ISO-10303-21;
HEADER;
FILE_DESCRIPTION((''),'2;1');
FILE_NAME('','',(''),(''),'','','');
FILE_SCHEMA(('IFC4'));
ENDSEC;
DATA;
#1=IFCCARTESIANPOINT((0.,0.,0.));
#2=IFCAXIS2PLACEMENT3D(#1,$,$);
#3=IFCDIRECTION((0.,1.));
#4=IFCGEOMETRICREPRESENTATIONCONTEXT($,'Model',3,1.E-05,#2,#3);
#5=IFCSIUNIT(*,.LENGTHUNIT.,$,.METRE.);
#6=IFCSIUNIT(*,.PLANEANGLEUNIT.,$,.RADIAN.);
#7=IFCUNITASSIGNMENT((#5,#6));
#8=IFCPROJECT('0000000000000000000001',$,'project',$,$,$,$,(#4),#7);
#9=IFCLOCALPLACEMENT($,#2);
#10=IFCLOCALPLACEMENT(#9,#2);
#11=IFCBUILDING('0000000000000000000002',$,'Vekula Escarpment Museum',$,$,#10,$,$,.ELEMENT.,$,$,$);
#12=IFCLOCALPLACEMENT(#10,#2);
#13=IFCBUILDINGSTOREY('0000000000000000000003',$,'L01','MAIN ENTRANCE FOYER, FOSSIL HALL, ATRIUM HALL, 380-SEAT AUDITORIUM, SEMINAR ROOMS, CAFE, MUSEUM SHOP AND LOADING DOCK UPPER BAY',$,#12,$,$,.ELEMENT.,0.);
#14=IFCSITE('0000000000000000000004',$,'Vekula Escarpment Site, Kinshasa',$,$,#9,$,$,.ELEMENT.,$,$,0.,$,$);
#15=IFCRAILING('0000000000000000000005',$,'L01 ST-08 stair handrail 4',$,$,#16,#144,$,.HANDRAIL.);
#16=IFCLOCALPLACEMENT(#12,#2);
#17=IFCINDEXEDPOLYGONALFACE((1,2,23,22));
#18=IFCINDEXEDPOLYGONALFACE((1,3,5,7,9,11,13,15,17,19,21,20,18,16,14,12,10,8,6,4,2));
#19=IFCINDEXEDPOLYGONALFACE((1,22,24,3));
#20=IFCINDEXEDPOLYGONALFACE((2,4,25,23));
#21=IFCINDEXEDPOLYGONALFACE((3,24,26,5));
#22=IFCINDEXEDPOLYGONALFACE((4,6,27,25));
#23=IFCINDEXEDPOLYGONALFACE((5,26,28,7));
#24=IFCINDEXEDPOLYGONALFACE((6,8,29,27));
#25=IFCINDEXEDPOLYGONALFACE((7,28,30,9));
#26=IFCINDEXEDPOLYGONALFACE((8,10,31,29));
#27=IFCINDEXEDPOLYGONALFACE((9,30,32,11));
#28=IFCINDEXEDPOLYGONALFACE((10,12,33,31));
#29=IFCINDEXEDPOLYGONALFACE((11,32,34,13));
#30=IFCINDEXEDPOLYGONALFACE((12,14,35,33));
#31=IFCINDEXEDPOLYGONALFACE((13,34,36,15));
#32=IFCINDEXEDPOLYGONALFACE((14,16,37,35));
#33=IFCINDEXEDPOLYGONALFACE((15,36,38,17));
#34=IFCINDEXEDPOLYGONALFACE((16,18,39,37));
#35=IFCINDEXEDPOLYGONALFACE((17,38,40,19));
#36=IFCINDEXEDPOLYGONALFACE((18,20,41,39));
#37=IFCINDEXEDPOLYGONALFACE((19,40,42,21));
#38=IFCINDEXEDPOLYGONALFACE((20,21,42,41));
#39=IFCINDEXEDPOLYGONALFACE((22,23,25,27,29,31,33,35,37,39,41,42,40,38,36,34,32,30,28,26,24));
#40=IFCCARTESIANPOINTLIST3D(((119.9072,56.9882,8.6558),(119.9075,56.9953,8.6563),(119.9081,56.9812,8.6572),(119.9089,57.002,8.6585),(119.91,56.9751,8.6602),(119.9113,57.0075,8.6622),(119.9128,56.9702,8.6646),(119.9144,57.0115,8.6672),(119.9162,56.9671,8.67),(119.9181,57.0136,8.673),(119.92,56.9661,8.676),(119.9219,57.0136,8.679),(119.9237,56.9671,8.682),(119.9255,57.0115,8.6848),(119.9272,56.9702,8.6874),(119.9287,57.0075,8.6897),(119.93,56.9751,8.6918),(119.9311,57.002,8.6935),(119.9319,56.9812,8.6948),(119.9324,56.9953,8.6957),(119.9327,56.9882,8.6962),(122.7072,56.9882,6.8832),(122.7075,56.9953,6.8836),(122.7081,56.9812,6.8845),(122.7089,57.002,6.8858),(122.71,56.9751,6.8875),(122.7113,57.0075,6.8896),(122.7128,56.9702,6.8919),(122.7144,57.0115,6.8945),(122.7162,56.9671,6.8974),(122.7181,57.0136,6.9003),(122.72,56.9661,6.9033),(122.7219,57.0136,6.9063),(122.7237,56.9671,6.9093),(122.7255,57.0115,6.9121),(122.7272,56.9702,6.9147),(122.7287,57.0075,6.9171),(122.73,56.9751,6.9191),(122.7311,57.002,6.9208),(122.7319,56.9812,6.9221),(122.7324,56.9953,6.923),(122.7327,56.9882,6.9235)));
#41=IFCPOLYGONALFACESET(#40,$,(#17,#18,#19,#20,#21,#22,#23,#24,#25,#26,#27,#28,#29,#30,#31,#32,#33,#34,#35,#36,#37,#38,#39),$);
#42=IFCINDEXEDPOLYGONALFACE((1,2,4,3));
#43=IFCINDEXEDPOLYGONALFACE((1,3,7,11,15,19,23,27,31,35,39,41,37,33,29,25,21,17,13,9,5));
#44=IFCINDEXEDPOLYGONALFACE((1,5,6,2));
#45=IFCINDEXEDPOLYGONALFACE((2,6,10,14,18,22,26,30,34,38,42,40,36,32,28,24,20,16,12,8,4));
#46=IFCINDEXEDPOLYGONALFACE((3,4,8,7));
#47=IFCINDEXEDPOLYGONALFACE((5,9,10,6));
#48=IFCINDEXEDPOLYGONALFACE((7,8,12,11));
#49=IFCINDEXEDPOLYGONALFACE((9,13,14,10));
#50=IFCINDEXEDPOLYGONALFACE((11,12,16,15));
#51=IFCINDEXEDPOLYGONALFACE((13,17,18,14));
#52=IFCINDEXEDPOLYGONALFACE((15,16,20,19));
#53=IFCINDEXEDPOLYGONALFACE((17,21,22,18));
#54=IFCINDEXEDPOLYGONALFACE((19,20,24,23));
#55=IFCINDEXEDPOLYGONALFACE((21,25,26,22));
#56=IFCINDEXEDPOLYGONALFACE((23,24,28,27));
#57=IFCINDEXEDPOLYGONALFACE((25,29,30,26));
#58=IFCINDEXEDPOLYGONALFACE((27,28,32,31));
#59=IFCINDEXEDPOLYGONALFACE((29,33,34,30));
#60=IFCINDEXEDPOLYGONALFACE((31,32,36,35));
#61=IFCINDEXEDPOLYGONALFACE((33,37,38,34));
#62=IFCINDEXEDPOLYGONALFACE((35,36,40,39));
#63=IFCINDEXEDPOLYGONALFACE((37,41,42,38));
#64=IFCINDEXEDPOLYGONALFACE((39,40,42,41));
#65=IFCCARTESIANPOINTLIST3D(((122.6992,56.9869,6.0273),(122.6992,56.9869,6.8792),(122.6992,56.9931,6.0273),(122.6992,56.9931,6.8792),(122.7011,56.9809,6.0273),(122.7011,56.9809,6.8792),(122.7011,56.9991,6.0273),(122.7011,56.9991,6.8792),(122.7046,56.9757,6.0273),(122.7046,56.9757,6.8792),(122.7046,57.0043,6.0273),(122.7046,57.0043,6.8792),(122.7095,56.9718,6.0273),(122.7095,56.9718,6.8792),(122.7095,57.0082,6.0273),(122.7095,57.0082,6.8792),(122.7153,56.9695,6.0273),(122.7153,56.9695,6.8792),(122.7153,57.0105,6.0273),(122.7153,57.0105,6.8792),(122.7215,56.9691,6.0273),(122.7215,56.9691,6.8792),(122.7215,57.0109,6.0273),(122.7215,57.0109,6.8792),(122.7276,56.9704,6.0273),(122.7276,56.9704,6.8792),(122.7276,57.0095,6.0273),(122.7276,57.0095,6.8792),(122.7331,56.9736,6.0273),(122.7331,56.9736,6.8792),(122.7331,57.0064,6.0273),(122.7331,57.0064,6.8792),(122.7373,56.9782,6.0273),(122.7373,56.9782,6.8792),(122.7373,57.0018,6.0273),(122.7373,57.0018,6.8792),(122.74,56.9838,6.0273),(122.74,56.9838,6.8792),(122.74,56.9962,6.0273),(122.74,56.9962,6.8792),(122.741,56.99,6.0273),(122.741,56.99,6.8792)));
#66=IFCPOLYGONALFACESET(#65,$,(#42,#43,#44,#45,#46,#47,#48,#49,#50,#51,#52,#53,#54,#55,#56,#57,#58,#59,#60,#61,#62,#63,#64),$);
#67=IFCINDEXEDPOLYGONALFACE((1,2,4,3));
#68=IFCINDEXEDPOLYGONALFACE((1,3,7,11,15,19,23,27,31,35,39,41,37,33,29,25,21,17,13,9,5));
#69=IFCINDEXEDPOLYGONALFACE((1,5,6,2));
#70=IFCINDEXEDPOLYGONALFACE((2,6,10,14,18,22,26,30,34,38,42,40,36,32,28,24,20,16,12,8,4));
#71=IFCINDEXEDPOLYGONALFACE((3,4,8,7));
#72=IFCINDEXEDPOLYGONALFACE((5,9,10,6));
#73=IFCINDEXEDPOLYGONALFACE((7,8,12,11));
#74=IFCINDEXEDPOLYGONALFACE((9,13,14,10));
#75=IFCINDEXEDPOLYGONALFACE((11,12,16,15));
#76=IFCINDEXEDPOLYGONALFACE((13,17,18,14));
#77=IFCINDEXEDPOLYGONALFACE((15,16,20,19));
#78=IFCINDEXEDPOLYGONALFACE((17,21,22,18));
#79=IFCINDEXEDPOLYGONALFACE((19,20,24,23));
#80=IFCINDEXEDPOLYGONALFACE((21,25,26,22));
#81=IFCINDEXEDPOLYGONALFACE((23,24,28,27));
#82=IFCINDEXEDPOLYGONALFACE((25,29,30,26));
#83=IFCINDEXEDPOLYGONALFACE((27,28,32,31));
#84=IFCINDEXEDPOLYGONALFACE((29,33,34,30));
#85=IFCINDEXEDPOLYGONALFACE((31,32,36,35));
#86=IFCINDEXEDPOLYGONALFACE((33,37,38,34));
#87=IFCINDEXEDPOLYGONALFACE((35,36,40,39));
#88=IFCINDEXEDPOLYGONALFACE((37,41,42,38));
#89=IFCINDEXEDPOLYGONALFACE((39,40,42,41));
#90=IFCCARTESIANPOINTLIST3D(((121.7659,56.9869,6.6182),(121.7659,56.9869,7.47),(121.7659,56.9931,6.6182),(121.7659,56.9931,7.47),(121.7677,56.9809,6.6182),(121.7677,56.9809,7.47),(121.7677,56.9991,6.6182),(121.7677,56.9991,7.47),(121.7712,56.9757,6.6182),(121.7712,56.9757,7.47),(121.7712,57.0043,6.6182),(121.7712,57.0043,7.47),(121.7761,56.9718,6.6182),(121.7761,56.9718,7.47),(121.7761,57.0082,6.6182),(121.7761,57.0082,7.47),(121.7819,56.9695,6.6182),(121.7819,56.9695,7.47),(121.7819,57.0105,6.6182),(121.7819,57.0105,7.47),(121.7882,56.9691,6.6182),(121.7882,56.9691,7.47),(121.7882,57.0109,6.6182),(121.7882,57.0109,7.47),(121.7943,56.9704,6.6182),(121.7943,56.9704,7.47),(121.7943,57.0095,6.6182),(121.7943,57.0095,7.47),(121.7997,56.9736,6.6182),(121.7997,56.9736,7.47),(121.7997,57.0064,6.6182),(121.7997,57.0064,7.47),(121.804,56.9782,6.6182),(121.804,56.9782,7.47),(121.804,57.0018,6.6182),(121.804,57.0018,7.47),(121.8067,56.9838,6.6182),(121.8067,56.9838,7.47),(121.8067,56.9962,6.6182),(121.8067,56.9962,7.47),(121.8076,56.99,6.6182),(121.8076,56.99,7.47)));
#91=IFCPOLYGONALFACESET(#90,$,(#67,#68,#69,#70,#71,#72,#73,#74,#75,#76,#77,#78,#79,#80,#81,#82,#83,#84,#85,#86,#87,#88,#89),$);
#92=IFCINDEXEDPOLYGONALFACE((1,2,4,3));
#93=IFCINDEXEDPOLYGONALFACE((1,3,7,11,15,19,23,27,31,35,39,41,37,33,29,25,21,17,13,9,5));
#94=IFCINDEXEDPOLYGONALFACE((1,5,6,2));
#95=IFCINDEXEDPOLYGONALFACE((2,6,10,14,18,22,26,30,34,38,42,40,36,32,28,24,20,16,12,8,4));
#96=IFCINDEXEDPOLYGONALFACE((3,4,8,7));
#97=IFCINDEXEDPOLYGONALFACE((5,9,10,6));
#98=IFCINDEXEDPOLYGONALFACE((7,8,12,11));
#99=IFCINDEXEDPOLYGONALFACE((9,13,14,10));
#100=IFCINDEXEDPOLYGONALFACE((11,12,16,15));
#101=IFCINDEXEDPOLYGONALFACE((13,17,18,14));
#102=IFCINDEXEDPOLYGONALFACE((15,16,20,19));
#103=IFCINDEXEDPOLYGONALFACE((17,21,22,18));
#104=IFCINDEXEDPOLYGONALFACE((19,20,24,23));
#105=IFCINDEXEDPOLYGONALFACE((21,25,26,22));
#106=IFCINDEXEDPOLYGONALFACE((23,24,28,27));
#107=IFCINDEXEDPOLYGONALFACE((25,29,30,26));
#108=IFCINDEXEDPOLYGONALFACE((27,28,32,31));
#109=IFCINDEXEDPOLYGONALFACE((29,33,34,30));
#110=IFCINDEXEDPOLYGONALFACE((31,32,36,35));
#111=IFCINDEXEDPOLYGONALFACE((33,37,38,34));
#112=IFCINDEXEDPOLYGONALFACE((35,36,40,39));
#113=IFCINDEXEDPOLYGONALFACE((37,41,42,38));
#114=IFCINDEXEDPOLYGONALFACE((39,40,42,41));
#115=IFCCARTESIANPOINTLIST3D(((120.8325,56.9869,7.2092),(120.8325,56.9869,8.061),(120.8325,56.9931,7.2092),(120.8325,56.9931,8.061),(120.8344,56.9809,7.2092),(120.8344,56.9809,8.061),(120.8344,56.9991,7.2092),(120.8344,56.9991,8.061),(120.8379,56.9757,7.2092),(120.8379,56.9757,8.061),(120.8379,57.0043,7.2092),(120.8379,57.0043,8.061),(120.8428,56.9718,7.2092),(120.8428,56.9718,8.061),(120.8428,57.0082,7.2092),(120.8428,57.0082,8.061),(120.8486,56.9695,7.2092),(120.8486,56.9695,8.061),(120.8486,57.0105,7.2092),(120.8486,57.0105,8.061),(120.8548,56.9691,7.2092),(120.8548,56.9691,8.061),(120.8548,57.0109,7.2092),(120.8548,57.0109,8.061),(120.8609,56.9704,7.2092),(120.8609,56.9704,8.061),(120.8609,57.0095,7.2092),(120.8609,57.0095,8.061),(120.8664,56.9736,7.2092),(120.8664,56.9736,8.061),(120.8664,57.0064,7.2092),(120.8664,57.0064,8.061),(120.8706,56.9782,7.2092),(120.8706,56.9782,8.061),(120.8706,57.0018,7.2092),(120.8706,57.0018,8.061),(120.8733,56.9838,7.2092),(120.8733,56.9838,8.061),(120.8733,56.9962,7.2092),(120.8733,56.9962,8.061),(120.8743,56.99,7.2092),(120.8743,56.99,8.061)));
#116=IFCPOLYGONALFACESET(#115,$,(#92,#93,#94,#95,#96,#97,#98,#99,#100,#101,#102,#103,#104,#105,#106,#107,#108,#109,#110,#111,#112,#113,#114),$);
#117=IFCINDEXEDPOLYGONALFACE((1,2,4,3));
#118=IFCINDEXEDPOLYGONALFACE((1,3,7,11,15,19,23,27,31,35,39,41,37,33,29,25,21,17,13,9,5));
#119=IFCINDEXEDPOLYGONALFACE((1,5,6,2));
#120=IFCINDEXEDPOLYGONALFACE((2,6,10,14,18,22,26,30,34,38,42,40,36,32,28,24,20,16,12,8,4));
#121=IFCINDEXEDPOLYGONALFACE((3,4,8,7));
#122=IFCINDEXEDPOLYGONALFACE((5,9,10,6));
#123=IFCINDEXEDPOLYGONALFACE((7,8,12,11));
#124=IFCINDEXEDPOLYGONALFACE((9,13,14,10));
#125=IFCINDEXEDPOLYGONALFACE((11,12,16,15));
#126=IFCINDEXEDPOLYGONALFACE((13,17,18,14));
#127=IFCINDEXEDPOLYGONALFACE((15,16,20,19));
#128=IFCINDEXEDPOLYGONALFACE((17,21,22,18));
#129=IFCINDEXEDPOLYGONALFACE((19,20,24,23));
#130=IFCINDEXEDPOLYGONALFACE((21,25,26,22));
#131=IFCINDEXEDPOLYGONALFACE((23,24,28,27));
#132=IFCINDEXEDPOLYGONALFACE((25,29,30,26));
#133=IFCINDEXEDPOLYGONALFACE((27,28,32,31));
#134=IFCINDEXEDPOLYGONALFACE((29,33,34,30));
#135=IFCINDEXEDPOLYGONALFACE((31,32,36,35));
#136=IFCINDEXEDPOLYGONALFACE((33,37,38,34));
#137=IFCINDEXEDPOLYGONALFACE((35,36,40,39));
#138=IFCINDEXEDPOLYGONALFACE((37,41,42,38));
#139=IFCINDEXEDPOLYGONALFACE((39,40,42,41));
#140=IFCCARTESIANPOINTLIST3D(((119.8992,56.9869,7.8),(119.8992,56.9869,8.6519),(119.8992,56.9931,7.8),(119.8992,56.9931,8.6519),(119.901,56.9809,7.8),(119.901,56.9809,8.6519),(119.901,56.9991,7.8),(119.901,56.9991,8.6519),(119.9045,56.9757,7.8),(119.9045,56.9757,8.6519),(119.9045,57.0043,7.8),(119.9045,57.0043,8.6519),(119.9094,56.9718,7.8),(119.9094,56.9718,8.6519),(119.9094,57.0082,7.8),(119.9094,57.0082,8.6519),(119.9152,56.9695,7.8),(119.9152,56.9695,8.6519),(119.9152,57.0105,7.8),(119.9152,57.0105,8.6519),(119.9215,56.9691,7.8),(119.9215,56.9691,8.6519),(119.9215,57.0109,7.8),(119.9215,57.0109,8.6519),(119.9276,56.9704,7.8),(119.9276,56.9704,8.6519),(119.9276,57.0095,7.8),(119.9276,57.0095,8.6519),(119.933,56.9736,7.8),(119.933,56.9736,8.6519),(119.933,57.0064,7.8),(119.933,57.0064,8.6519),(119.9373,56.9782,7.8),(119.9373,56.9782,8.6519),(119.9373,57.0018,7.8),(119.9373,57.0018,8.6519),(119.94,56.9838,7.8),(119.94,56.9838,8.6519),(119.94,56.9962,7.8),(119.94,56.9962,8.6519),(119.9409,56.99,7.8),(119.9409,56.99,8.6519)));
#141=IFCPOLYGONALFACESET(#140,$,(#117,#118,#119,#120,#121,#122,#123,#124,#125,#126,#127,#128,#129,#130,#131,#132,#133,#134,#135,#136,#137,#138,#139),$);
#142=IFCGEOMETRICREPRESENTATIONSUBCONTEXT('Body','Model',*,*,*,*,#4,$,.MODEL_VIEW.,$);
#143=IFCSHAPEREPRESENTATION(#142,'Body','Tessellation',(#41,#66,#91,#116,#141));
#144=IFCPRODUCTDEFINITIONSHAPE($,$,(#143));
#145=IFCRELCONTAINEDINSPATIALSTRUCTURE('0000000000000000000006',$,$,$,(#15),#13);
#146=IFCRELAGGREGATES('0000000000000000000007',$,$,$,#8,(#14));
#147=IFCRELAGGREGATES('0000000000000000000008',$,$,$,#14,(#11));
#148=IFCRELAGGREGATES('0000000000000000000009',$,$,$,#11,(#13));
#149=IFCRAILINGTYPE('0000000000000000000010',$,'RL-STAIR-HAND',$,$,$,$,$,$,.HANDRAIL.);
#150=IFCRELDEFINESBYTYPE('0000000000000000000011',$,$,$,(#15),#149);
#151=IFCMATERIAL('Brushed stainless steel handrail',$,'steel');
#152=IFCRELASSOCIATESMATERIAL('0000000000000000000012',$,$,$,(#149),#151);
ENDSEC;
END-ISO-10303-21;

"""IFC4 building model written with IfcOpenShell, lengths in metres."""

from ifc_helpers import new_model, si_unit, direction, frame, origin, origin_2d, place, context, subcontext, project, spatial, circle, extrude, material, type_object, element, save


model = new_model("IFC4")

# Units and contexts
model_context = context("Model", 3, precision=1e-05, world=origin(), true_north=direction((0.0, 1.0)))
body_context = subcontext(model_context, "Body", "Model", "MODEL_VIEW")
ifc_project = project(units=[si_unit("LENGTHUNIT", "METRE"), si_unit("PLANEANGLEUNIT", "RADIAN")], contexts=[model_context])

# Site, building, storey
site_placement = place(None, origin())
site = spatial("IfcSite", under=ifc_project, at=site_placement, Name="Vekula Escarpment Site, Kinshasa", CompositionType="ELEMENT", RefElevation=0.0)
building_placement = place(site_placement, origin())
building = spatial("IfcBuilding", under=site, at=building_placement, Name="Vekula Escarpment Museum", CompositionType="ELEMENT")
storey_placement = place(building_placement, origin())
storey = spatial("IfcBuildingStorey", under=building, at=storey_placement, Name="L01", Description="MAIN ENTRANCE FOYER, FOSSIL HALL, ATRIUM HALL, 380-SEAT AUDITORIUM, SEMINAR ROOMS, CAFE, MUSEUM SHOP AND LOADING DOCK UPPER BAY", CompositionType="ELEMENT", Elevation=0.0)

# Railing
ifc_material_1 = material(Name="Brushed stainless steel handrail", Category="steel")
railing_type_1 = type_object("IfcRailingType", Name="RL-STAIR-HAND", PredefinedType="HANDRAIL", material=ifc_material_1)
for number, where, name in (
    (1, (122.72, 56.99, 6.0273), "L01 ST-08 stair handrail 4"),
):
    element("IfcRailing", number, at=place(storey_placement, frame(where)), inside=storey, type_object=railing_type_1, Name=name, PredefinedType="HANDRAIL", context=body_context, shape_type="SweptSolid", body=[
        extrude(circle(Radius=0.0239, at=origin_2d()), frame((0.0, 0.0, 0.876), z_axis=(-0.844909, 0.0, 0.53491), x_axis=(0.0, -1.0, 0.0)), (0.0, 0.0, 1.0), 3.314),
        extrude(circle(Radius=0.021, at=origin_2d()), origin(), (0.0, 0.0, 1.0), 0.8518),
        extrude(circle(Radius=0.021, at=origin_2d()), frame((-0.9333, 0.0, 0.5908)), (0.0, 0.0, 1.0), 0.8518),
        extrude(circle(Radius=0.021, at=origin_2d()), frame((-1.8667, 0.0, 1.1819)), (0.0, 0.0, 1.0), 0.8518),
        extrude(circle(Radius=0.021, at=origin_2d()), frame((-2.8, 0.0, 1.7727)), (0.0, 0.0, 1.0), 0.8518),
    ])

save(model, "model.ifc")
